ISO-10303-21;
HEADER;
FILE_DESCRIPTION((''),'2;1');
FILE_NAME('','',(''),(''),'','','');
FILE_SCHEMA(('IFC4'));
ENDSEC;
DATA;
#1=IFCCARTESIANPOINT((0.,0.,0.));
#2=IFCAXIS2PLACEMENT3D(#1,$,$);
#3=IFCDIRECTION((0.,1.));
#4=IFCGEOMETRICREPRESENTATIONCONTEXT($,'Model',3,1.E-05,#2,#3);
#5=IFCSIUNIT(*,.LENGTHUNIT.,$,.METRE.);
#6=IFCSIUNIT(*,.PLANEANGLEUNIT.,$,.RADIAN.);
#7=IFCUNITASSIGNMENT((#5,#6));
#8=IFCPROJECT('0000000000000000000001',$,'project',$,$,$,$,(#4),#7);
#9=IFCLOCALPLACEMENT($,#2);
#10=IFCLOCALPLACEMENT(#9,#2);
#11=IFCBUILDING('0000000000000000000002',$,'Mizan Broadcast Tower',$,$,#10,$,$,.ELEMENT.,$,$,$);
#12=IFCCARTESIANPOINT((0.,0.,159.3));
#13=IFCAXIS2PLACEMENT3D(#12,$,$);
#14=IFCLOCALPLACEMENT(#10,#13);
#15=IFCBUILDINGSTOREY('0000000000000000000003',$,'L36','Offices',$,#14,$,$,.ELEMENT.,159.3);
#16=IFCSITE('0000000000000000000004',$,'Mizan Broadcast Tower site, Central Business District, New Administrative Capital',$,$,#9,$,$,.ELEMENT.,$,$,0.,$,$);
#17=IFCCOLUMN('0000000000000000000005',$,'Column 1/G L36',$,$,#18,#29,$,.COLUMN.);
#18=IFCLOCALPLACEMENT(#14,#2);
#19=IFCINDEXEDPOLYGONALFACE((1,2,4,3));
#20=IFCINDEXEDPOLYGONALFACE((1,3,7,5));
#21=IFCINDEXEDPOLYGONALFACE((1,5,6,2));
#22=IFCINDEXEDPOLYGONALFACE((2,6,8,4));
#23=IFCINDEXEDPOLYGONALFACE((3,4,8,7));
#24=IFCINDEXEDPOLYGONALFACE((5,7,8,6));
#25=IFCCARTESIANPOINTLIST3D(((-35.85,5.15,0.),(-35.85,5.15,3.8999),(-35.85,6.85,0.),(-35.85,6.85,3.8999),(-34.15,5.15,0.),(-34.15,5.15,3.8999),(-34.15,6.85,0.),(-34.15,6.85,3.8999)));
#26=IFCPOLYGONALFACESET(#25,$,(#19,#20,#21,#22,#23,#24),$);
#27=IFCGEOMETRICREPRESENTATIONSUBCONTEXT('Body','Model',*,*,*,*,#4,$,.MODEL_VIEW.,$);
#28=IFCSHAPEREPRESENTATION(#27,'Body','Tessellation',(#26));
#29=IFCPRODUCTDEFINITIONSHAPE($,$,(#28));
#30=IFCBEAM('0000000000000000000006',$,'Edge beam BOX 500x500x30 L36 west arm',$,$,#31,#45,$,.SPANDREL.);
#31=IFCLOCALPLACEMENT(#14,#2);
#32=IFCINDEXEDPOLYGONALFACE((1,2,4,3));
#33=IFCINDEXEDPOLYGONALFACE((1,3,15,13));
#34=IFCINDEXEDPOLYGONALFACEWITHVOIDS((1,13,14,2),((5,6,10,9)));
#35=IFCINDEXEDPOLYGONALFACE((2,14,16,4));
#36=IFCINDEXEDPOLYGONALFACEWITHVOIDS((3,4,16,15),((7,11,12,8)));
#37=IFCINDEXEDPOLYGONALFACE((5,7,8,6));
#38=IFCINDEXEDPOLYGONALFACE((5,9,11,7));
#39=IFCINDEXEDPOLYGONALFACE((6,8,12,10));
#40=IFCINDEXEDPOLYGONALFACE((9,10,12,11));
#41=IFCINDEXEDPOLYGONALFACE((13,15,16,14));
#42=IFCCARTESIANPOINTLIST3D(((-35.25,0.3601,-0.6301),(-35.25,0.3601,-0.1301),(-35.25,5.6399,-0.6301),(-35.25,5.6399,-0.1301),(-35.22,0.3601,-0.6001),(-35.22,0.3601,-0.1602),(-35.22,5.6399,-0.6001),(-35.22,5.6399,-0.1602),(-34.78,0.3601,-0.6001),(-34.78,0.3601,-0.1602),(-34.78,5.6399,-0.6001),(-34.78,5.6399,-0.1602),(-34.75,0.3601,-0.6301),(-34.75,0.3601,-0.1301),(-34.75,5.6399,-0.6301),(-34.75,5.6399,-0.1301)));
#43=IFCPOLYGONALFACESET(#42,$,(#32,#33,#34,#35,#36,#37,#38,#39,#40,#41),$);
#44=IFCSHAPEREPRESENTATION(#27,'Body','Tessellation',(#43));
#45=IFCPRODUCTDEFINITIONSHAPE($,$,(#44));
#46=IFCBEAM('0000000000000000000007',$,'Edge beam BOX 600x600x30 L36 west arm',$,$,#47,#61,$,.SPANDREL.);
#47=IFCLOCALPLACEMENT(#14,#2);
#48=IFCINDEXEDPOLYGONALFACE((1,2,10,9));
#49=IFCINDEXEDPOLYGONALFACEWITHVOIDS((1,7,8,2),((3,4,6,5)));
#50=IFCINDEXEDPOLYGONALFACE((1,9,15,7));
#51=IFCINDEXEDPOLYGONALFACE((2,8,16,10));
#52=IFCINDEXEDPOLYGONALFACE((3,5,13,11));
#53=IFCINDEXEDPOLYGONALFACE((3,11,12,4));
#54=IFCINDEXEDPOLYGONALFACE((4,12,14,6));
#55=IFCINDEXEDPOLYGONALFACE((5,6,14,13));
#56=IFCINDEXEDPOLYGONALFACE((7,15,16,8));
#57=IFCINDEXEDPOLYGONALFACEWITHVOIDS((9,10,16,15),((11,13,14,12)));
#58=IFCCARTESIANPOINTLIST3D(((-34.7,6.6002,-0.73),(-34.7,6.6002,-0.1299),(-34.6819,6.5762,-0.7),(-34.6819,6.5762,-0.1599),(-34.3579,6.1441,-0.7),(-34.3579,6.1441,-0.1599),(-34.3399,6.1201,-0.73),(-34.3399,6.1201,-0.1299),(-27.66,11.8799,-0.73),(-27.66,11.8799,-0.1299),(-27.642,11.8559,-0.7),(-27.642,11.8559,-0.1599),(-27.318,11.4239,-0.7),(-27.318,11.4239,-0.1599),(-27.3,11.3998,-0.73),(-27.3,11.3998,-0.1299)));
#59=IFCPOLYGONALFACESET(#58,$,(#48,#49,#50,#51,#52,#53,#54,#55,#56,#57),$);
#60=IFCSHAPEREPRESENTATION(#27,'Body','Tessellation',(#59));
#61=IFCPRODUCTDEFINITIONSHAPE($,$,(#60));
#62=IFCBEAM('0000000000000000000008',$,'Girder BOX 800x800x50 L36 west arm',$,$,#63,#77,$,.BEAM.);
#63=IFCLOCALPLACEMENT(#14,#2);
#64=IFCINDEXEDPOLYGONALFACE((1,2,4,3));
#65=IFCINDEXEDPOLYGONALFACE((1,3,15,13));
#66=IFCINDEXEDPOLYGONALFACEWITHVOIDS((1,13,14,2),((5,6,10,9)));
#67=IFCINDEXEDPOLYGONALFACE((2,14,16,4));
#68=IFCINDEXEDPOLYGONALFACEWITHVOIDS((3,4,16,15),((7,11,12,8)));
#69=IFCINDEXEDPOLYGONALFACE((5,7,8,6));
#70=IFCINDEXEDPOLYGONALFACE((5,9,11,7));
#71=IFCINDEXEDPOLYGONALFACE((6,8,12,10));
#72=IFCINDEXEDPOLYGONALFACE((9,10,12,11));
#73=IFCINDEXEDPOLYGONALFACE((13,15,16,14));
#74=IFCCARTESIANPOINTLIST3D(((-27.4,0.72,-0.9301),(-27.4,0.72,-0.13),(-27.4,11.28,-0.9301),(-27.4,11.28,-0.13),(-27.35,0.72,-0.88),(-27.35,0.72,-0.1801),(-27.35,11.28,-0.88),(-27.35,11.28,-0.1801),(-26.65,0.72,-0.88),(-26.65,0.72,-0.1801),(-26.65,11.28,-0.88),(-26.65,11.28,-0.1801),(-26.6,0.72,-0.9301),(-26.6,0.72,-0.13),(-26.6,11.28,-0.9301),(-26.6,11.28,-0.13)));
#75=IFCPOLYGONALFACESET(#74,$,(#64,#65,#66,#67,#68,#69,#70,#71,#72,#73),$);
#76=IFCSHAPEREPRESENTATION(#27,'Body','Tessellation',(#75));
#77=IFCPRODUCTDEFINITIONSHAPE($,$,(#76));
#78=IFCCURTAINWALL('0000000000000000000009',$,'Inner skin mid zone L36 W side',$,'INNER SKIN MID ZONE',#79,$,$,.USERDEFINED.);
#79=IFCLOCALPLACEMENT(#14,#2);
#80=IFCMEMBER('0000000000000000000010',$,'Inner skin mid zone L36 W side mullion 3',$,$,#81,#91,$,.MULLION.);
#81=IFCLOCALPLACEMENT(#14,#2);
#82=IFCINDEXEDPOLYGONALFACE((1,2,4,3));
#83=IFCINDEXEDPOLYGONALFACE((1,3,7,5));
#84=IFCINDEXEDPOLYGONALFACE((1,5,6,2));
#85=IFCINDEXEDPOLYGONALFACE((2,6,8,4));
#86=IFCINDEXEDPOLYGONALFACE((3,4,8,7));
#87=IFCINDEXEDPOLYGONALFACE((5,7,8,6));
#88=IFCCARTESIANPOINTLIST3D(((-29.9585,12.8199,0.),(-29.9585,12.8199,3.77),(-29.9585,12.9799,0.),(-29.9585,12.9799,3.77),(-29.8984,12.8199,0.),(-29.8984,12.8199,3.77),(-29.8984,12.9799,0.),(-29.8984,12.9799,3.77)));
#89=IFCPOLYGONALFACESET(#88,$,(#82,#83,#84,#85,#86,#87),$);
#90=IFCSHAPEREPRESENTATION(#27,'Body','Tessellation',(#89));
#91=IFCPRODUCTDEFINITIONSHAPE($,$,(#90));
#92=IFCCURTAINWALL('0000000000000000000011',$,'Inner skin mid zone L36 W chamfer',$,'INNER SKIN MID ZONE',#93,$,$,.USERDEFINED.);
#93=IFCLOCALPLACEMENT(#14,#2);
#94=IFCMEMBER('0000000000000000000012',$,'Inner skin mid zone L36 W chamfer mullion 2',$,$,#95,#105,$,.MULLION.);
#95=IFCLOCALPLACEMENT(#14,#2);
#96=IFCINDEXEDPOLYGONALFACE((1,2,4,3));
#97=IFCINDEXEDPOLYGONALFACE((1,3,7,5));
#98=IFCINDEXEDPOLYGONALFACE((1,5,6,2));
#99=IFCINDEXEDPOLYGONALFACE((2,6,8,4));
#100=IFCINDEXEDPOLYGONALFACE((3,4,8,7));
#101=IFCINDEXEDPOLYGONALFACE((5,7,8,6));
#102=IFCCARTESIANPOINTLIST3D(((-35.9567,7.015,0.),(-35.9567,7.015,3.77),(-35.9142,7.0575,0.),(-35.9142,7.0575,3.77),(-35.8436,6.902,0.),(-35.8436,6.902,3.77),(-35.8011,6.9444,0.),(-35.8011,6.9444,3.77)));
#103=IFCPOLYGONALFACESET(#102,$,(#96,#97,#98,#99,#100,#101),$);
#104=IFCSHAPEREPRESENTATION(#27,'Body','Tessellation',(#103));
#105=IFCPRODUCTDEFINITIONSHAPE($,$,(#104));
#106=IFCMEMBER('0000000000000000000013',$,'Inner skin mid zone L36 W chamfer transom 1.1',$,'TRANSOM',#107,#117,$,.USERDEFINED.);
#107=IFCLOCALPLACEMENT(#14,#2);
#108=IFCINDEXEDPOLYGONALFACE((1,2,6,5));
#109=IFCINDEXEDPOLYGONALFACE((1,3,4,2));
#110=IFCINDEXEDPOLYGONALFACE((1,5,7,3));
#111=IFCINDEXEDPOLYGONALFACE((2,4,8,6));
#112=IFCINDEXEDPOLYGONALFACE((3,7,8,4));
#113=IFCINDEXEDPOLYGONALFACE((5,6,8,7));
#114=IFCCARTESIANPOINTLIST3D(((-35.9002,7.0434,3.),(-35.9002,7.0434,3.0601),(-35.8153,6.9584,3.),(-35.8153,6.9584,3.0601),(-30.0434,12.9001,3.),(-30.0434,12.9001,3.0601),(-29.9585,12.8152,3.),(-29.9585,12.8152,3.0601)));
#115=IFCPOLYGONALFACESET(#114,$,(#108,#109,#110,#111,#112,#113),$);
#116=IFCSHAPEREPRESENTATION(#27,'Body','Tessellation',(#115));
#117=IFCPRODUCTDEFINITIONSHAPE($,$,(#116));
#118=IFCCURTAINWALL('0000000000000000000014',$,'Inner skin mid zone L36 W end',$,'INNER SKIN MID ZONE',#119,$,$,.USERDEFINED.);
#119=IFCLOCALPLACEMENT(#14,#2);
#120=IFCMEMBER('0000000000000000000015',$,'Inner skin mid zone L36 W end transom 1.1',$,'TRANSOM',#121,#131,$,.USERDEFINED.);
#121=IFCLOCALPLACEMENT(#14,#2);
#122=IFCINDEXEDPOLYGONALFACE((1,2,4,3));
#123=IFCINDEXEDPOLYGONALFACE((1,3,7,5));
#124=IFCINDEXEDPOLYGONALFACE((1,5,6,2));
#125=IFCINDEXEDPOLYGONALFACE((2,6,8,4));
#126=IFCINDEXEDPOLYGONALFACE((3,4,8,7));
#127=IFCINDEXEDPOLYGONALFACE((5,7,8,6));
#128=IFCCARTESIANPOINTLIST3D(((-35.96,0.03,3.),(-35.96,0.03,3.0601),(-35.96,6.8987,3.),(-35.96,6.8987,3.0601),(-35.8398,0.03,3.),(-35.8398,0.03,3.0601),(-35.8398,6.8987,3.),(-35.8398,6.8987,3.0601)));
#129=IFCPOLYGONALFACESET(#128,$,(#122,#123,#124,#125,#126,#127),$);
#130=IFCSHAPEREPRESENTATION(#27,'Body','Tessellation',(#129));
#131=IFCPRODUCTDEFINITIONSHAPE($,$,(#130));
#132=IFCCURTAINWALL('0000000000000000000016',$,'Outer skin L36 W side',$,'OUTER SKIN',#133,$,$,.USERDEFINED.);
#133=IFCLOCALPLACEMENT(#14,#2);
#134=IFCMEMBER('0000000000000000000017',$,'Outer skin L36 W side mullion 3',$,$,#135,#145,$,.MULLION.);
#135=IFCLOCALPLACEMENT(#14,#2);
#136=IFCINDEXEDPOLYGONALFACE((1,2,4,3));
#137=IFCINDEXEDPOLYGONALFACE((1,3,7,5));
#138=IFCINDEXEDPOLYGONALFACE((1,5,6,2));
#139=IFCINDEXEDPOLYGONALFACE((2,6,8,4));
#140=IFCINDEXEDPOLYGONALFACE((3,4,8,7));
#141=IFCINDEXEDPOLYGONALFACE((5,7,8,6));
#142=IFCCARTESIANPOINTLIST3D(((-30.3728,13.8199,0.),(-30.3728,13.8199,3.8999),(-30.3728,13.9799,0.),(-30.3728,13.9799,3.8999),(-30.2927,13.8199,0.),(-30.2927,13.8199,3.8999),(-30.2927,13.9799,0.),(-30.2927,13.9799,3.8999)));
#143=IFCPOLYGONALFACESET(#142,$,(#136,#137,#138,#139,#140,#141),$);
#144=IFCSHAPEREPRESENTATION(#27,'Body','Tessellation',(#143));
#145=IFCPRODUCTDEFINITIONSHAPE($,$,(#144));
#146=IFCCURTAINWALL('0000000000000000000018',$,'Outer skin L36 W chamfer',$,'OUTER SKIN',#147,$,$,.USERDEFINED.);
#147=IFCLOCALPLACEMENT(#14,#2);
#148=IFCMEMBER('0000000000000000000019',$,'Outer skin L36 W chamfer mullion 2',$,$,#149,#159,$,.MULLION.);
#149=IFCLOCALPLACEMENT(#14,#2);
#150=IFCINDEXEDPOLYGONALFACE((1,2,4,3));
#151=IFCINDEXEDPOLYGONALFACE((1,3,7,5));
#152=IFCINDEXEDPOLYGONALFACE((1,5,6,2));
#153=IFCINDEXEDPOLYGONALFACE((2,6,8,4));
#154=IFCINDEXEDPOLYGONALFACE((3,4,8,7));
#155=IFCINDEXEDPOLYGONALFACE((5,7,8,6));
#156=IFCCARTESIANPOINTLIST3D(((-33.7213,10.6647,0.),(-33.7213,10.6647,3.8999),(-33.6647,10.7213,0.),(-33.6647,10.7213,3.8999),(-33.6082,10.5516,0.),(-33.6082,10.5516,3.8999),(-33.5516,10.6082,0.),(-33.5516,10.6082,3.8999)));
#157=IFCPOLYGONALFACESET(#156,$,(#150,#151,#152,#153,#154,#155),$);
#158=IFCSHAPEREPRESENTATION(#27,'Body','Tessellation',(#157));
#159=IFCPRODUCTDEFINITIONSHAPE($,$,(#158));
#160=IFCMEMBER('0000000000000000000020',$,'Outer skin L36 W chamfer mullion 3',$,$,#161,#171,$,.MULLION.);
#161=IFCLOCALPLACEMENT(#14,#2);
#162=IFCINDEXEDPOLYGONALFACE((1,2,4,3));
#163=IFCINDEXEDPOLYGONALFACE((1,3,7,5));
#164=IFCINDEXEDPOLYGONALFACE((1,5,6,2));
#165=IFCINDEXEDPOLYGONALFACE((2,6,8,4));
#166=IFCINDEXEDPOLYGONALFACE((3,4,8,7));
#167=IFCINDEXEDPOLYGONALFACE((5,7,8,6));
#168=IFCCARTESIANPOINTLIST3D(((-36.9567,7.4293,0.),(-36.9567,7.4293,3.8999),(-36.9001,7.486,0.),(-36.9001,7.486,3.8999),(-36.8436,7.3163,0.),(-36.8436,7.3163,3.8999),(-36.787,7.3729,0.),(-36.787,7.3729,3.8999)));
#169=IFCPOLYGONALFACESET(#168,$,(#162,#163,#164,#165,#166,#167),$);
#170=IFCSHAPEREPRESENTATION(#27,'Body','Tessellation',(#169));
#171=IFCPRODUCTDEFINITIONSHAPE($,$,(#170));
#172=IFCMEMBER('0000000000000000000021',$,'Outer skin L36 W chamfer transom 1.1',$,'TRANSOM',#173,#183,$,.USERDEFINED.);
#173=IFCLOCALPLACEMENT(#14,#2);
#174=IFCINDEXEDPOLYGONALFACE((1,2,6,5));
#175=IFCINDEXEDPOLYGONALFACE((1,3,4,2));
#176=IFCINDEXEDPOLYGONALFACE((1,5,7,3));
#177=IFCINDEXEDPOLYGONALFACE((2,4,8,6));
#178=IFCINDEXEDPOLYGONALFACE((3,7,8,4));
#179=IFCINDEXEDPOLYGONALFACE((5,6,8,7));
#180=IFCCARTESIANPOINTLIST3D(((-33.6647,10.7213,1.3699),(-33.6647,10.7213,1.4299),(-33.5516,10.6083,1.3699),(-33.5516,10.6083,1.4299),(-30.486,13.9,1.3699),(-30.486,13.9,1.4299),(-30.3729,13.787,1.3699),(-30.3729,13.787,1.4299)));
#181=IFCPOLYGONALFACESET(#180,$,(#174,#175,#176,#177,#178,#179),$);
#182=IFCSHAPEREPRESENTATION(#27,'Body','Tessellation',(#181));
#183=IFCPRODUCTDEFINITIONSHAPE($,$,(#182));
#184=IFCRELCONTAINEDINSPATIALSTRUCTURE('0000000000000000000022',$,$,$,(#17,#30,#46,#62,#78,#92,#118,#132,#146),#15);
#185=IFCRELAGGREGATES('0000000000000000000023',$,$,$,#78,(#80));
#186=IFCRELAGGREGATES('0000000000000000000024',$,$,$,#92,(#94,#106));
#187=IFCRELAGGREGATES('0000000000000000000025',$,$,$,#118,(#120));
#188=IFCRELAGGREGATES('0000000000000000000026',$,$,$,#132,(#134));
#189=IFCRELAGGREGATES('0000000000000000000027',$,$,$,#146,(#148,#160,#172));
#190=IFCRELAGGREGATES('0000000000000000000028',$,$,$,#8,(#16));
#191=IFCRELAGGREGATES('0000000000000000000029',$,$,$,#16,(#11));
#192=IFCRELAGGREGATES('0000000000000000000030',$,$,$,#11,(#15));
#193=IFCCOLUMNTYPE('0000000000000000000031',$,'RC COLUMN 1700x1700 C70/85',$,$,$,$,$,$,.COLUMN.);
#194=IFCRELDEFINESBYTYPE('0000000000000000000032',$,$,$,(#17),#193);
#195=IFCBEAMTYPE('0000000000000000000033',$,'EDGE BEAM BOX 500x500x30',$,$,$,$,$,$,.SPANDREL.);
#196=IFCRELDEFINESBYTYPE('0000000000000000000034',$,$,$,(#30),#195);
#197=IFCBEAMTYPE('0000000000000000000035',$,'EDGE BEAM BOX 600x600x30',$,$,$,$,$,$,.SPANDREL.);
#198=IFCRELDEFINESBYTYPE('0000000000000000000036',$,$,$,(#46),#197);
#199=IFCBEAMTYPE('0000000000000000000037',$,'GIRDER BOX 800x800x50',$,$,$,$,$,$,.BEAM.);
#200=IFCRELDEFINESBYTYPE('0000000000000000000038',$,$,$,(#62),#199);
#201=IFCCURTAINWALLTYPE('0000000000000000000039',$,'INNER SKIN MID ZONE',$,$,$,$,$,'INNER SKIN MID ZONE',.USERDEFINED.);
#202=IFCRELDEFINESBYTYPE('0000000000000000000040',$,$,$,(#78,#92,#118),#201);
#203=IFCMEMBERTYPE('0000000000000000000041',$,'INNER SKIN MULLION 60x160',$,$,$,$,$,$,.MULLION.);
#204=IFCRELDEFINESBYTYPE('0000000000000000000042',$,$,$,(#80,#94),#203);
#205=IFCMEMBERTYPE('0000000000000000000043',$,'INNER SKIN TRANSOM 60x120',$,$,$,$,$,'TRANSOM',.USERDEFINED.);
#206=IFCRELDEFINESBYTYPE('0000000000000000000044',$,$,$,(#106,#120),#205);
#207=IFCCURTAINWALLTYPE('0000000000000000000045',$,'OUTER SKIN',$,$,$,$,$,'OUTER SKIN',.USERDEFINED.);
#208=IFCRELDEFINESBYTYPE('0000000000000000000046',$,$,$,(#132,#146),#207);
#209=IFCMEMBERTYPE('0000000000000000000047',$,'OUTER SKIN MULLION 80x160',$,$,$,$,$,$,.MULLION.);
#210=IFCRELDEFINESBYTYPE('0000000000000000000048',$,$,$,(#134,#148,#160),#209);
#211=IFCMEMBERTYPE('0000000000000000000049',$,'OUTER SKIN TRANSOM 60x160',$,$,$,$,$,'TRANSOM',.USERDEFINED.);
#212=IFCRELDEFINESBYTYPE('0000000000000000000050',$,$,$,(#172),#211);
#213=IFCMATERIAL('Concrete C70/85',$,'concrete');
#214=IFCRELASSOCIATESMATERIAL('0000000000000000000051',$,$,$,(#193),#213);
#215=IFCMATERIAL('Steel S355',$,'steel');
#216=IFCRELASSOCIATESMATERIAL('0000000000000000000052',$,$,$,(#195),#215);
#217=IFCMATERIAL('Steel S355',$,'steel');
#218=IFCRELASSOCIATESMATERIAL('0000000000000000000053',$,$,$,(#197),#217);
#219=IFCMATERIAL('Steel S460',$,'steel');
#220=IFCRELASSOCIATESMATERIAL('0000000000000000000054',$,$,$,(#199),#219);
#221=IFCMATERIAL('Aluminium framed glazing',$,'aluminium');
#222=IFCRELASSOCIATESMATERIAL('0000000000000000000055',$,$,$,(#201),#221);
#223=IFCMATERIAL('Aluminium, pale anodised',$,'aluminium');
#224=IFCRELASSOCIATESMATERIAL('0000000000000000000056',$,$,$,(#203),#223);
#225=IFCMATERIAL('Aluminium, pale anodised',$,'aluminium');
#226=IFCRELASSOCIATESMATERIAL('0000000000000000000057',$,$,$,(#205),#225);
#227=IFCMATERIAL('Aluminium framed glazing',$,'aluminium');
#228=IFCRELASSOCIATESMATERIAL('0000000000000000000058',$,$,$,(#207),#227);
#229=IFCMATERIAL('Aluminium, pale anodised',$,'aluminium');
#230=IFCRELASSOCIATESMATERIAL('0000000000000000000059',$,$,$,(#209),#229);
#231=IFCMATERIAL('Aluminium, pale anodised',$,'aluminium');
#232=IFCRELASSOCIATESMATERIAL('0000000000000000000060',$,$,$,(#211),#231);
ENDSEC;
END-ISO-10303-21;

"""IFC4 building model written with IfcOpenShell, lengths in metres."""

from ifc_helpers import new_model, si_unit, direction, frame, origin, origin_2d, place, context, subcontext, project, spatial, rectangle, hollow_rectangle, extrude, material, material_profile, profile_set, type_object, element, aggregate, save


model = new_model("IFC4")

# Units and contexts
model_context = context("Model", 3, precision=1e-05, world=origin(), true_north=direction((0.0, 1.0)))
body_context = subcontext(model_context, "Body", "Model", "MODEL_VIEW")
ifc_project = project(units=[si_unit("LENGTHUNIT", "METRE"), si_unit("PLANEANGLEUNIT", "RADIAN")], contexts=[model_context])

# Site, building, storey
site_placement = place(None, origin())
site = spatial("IfcSite", under=ifc_project, at=site_placement, Name="Mizan Broadcast Tower site, Central Business District, New Administrative Capital", CompositionType="ELEMENT", RefElevation=0.0)
building_placement = place(site_placement, origin())
building = spatial("IfcBuilding", under=site, at=building_placement, Name="Mizan Broadcast Tower", CompositionType="ELEMENT")
storey_placement = place(building_placement, frame((0.0, 0.0, 159.3)))
storey = spatial("IfcBuildingStorey", under=building, at=storey_placement, Name="L36", Description="Offices", CompositionType="ELEMENT", Elevation=159.3)

# Column
ifc_material_1 = material(Name="Concrete C70/85", Category="concrete")
ifc_material_profile_1 = material_profile(ifc_material_1, rectangle(XDim=1.7, YDim=1.7, at=origin_2d()), Name="RC 1700x1700")
ifc_profile_set_1 = profile_set([ifc_material_profile_1], Name="Concrete C70/85")
column_type = type_object("IfcColumnType", Name="RC COLUMN 1700x1700 C70/85", PredefinedType="COLUMN", material=ifc_profile_set_1)
column_placement = place(storey_placement, frame((-35.0, 6.0, 0.0), z_axis=(0.0, 0.0, 1.0), x_axis=(1.0, 0.0, 0.0)))
element("IfcColumn", 1, at=column_placement, inside=storey, type_object=column_type, Name="Column 1/G L36", PredefinedType="COLUMN", context=body_context, shape_type="SweptSolid", body=[
    extrude(rectangle(XDim=1.7, YDim=1.7, at=origin_2d()), origin(), (0.0, 0.0, 1.0), 3.8999),
])

# Beams
ifc_material_2 = material(Name="Steel S355", Category="steel")
ifc_material_profile_2 = material_profile(ifc_material_2, hollow_rectangle(XDim=0.5, YDim=0.5, WallThickness=0.03, at=origin_2d()), Name="BOX 500x500x30")
ifc_profile_set_2 = profile_set([ifc_material_profile_2], Name="Steel S355")
beam_type_1 = type_object("IfcBeamType", Name="EDGE BEAM BOX 500x500x30", PredefinedType="SPANDREL", material=ifc_profile_set_2)
beam_1_placement = place(storey_placement, frame((-35.0, 5.6399, -0.3801), z_axis=(0.0, -1.0, 0.0), x_axis=(1.0, 0.0, 0.0)))
element("IfcBeam", 2, at=beam_1_placement, inside=storey, type_object=beam_type_1, Name="Edge beam BOX 500x500x30 L36 west arm", PredefinedType="SPANDREL", context=body_context, shape_type="SweptSolid", body=[
    extrude(hollow_rectangle(XDim=0.5, YDim=0.5, WallThickness=0.03, at=origin_2d()), origin(), (0.0, 0.0, 1.0), 5.2798),
])
ifc_material_3 = material(Name="Steel S355", Category="steel")
ifc_material_profile_3 = material_profile(ifc_material_3, hollow_rectangle(XDim=0.6001, YDim=0.6001, WallThickness=0.03, at=origin_2d()), Name="BOX 600x600x30")
ifc_profile_set_3 = profile_set([ifc_material_profile_3], Name="Steel S355")
beam_type_2 = type_object("IfcBeamType", Name="EDGE BEAM BOX 600x600x30", PredefinedType="SPANDREL", material=ifc_profile_set_3)
beam_2_placement = place(storey_placement, frame((-27.48, 11.6399, -0.4299), z_axis=(-0.800013, -0.599982, 0.0), x_axis=(0.599982, -0.800013, 0.0)))
element("IfcBeam", 3, at=beam_2_placement, inside=storey, type_object=beam_type_2, Name="Edge beam BOX 600x600x30 L36 west arm", PredefinedType="SPANDREL", context=body_context, shape_type="SweptSolid", body=[
    extrude(hollow_rectangle(XDim=0.6001, YDim=0.6001, WallThickness=0.03, at=origin_2d()), origin(), (0.0, 0.0, 1.0), 8.7998),
])
ifc_material_4 = material(Name="Steel S460", Category="steel")
ifc_material_profile_4 = material_profile(ifc_material_4, hollow_rectangle(XDim=0.8, YDim=0.8, WallThickness=0.05, at=origin_2d()), Name="BOX 800x800x50")
ifc_profile_set_4 = profile_set([ifc_material_profile_4], Name="Steel S460")
beam_type_3 = type_object("IfcBeamType", Name="GIRDER BOX 800x800x50", PredefinedType="BEAM", material=ifc_profile_set_4)
beam_3_placement = place(storey_placement, frame((-27.0, 11.28, -0.53), z_axis=(0.0, -1.0, 0.0), x_axis=(1.0, 0.0, 0.0)))
element("IfcBeam", 4, at=beam_3_placement, inside=storey, type_object=beam_type_3, Name="Girder BOX 800x800x50 L36 west arm", PredefinedType="BEAM", context=body_context, shape_type="SweptSolid", body=[
    extrude(hollow_rectangle(XDim=0.8, YDim=0.8, WallThickness=0.05, at=origin_2d()), origin(), (0.0, 0.0, 1.0), 10.5601),
])

# Curtain wall, member
ifc_material_5 = material(Name="Aluminium framed glazing", Category="aluminium")
curtain_wall_type_1 = type_object("IfcCurtainWallType", Name="INNER SKIN MID ZONE", ElementType="INNER SKIN MID ZONE", PredefinedType="USERDEFINED", material=ifc_material_5)
curtain_wall_1_placement = place(storey_placement, origin())
curtain_wall_1 = element("IfcCurtainWall", 5, at=curtain_wall_1_placement, inside=storey, type_object=curtain_wall_type_1, Name="Inner skin mid zone L36 W side", ObjectType="INNER SKIN MID ZONE", PredefinedType="USERDEFINED")
ifc_material_6 = material(Name="Aluminium, pale anodised", Category="aluminium")
ifc_material_profile_5 = material_profile(ifc_material_6, rectangle(XDim=0.1599, YDim=0.0601, at=origin_2d()), Name="MULLION 160x60")
ifc_profile_set_5 = profile_set([ifc_material_profile_5], Name="Aluminium, pale anodised")
member_type_1 = type_object("IfcMemberType", Name="INNER SKIN MULLION 60x160", PredefinedType="MULLION", material=ifc_profile_set_5)
member_1_placement = place(storey_placement, frame((-29.9285, 12.8999, 0.0), z_axis=(0.0, 0.0, 1.0), x_axis=(0.0, -1.0, 0.0)))
member_1 = element("IfcMember", 6, at=member_1_placement, type_object=member_type_1, Name="Inner skin mid zone L36 W side mullion 3", PredefinedType="MULLION", context=body_context, shape_type="SweptSolid", body=[
    extrude(rectangle(XDim=0.1599, YDim=0.0601, at=origin_2d()), origin(), (0.0, 0.0, 1.0), 3.77),
])

# Curtain wall, members
curtain_wall_2_placement = place(storey_placement, origin())
curtain_wall_2 = element("IfcCurtainWall", 7, at=curtain_wall_2_placement, inside=storey, type_object=curtain_wall_type_1, Name="Inner skin mid zone L36 W chamfer", ObjectType="INNER SKIN MID ZONE", PredefinedType="USERDEFINED")
member_2_placement = place(storey_placement, frame((-35.8789, 6.9797, 0.0), z_axis=(0.0, 0.0, 1.0), x_axis=(0.707107, -0.707107, 0.0)))
member_2 = element("IfcMember", 8, at=member_2_placement, type_object=member_type_1, Name="Inner skin mid zone L36 W chamfer mullion 2", PredefinedType="MULLION", context=body_context, shape_type="SweptSolid", body=[
    extrude(rectangle(XDim=0.1599, YDim=0.0601, at=origin_2d()), origin(), (0.0, 0.0, 1.0), 3.77),
])
ifc_material_7 = material(Name="Aluminium, pale anodised", Category="aluminium")
ifc_material_profile_6 = material_profile(ifc_material_7, rectangle(XDim=0.1201, YDim=0.0601, at=origin_2d()), Name="TRANSOM 120x60")
ifc_profile_set_6 = profile_set([ifc_material_profile_6], Name="Aluminium, pale anodised")
member_type_2 = type_object("IfcMemberType", Name="INNER SKIN TRANSOM 60x120", ElementType="TRANSOM", PredefinedType="USERDEFINED", material=ifc_profile_set_6)
member_3_placement = place(storey_placement, frame((-30.001, 12.8577, 3.03), z_axis=(-0.707107, -0.707107, 0.0), x_axis=(0.707107, -0.707107, 0.0)))
member_3 = element("IfcMember", 9, at=member_3_placement, type_object=member_type_2, Name="Inner skin mid zone L36 W chamfer transom 1.1", ObjectType="TRANSOM", PredefinedType="USERDEFINED", context=body_context, shape_type="SweptSolid", body=[
    extrude(rectangle(XDim=0.1201, YDim=0.0601, at=origin_2d()), origin(), (0.0, 0.0, 1.0), 8.2827),
])

# Curtain walls, members
curtain_wall_3_placement = place(storey_placement, origin())
curtain_wall_3 = element("IfcCurtainWall", 10, at=curtain_wall_3_placement, inside=storey, type_object=curtain_wall_type_1, Name="Inner skin mid zone L36 W end", ObjectType="INNER SKIN MID ZONE", PredefinedType="USERDEFINED")
member_4_placement = place(storey_placement, frame((-35.8999, 6.8987, 3.03), z_axis=(0.0, -1.0, 0.0), x_axis=(1.0, 0.0, 0.0)))
member_4 = element("IfcMember", 11, at=member_4_placement, type_object=member_type_2, Name="Inner skin mid zone L36 W end transom 1.1", ObjectType="TRANSOM", PredefinedType="USERDEFINED", context=body_context, shape_type="SweptSolid", body=[
    extrude(rectangle(XDim=0.1201, YDim=0.0601, at=origin_2d()), origin(), (0.0, 0.0, 1.0), 6.8687),
])
ifc_material_8 = material(Name="Aluminium framed glazing", Category="aluminium")
curtain_wall_type_2 = type_object("IfcCurtainWallType", Name="OUTER SKIN", ElementType="OUTER SKIN", PredefinedType="USERDEFINED", material=ifc_material_8)
curtain_wall_4_placement = place(storey_placement, origin())
curtain_wall_4 = element("IfcCurtainWall", 12, at=curtain_wall_4_placement, inside=storey, type_object=curtain_wall_type_2, Name="Outer skin L36 W side", ObjectType="OUTER SKIN", PredefinedType="USERDEFINED")
ifc_material_9 = material(Name="Aluminium, pale anodised", Category="aluminium")
ifc_material_profile_7 = material_profile(ifc_material_9, rectangle(XDim=0.1599, YDim=0.0801, at=origin_2d()), Name="MULLION 160x80")
ifc_profile_set_7 = profile_set([ifc_material_profile_7], Name="Aluminium, pale anodised")
member_type_3 = type_object("IfcMemberType", Name="OUTER SKIN MULLION 80x160", PredefinedType="MULLION", material=ifc_profile_set_7)
member_5_placement = place(storey_placement, frame((-30.3328, 13.8999, 0.0), z_axis=(0.0, 0.0, 1.0), x_axis=(0.0, -1.0, 0.0)))
member_5 = element("IfcMember", 13, at=member_5_placement, type_object=member_type_3, Name="Outer skin L36 W side mullion 3", PredefinedType="MULLION", context=body_context, shape_type="SweptSolid", body=[
    extrude(rectangle(XDim=0.1599, YDim=0.0801, at=origin_2d()), origin(), (0.0, 0.0, 1.0), 3.8999),
])

# Curtain wall, members
curtain_wall_5_placement = place(storey_placement, origin())
curtain_wall_5 = element("IfcCurtainWall", 14, at=curtain_wall_5_placement, inside=storey, type_object=curtain_wall_type_2, Name="Outer skin L36 W chamfer", ObjectType="OUTER SKIN", PredefinedType="USERDEFINED")
member_6_placement = place(storey_placement, frame((-33.6365, 10.6365, 0.0), z_axis=(0.0, 0.0, 1.0), x_axis=(0.707107, -0.707107, 0.0)))
member_6 = element("IfcMember", 15, at=member_6_placement, type_object=member_type_3, Name="Outer skin L36 W chamfer mullion 2", PredefinedType="MULLION", context=body_context, shape_type="SweptSolid", body=[
    extrude(rectangle(XDim=0.1599, YDim=0.0801, at=origin_2d()), origin(), (0.0, 0.0, 1.0), 3.8999),
])
member_7_placement = place(storey_placement, frame((-36.8718, 7.4011, 0.0), z_axis=(0.0, 0.0, 1.0), x_axis=(0.707107, -0.707107, 0.0)))
member_7 = element("IfcMember", 16, at=member_7_placement, type_object=member_type_3, Name="Outer skin L36 W chamfer mullion 3", PredefinedType="MULLION", context=body_context, shape_type="SweptSolid", body=[
    extrude(rectangle(XDim=0.1599, YDim=0.0801, at=origin_2d()), origin(), (0.0, 0.0, 1.0), 3.8999),
])
ifc_material_10 = material(Name="Aluminium, pale anodised", Category="aluminium")
ifc_material_profile_8 = material_profile(ifc_material_10, rectangle(XDim=0.1599, YDim=0.0601, at=origin_2d()), Name="TRANSOM 160x60")
ifc_profile_set_8 = profile_set([ifc_material_profile_8], Name="Aluminium, pale anodised")
member_type_4 = type_object("IfcMemberType", Name="OUTER SKIN TRANSOM 60x160", ElementType="TRANSOM", PredefinedType="USERDEFINED", material=ifc_profile_set_8)
member_8_placement = place(storey_placement, frame((-30.4294, 13.8435, 1.3999), z_axis=(-0.707107, -0.707107, 0.0), x_axis=(0.707107, -0.707107, 0.0)))
member_8 = element("IfcMember", 17, at=member_8_placement, type_object=member_type_4, Name="Outer skin L36 W chamfer transom 1.1", ObjectType="TRANSOM", PredefinedType="USERDEFINED", context=body_context, shape_type="SweptSolid", body=[
    extrude(rectangle(XDim=0.1599, YDim=0.0601, at=origin_2d()), origin(), (0.0, 0.0, 1.0), 4.4954),
])

aggregate(curtain_wall_1, [member_1])
aggregate(curtain_wall_2, [member_2, member_3])
aggregate(curtain_wall_3, [member_4])
aggregate(curtain_wall_4, [member_5])
aggregate(curtain_wall_5, [member_6, member_7, member_8])

save(model, "model.ifc")
